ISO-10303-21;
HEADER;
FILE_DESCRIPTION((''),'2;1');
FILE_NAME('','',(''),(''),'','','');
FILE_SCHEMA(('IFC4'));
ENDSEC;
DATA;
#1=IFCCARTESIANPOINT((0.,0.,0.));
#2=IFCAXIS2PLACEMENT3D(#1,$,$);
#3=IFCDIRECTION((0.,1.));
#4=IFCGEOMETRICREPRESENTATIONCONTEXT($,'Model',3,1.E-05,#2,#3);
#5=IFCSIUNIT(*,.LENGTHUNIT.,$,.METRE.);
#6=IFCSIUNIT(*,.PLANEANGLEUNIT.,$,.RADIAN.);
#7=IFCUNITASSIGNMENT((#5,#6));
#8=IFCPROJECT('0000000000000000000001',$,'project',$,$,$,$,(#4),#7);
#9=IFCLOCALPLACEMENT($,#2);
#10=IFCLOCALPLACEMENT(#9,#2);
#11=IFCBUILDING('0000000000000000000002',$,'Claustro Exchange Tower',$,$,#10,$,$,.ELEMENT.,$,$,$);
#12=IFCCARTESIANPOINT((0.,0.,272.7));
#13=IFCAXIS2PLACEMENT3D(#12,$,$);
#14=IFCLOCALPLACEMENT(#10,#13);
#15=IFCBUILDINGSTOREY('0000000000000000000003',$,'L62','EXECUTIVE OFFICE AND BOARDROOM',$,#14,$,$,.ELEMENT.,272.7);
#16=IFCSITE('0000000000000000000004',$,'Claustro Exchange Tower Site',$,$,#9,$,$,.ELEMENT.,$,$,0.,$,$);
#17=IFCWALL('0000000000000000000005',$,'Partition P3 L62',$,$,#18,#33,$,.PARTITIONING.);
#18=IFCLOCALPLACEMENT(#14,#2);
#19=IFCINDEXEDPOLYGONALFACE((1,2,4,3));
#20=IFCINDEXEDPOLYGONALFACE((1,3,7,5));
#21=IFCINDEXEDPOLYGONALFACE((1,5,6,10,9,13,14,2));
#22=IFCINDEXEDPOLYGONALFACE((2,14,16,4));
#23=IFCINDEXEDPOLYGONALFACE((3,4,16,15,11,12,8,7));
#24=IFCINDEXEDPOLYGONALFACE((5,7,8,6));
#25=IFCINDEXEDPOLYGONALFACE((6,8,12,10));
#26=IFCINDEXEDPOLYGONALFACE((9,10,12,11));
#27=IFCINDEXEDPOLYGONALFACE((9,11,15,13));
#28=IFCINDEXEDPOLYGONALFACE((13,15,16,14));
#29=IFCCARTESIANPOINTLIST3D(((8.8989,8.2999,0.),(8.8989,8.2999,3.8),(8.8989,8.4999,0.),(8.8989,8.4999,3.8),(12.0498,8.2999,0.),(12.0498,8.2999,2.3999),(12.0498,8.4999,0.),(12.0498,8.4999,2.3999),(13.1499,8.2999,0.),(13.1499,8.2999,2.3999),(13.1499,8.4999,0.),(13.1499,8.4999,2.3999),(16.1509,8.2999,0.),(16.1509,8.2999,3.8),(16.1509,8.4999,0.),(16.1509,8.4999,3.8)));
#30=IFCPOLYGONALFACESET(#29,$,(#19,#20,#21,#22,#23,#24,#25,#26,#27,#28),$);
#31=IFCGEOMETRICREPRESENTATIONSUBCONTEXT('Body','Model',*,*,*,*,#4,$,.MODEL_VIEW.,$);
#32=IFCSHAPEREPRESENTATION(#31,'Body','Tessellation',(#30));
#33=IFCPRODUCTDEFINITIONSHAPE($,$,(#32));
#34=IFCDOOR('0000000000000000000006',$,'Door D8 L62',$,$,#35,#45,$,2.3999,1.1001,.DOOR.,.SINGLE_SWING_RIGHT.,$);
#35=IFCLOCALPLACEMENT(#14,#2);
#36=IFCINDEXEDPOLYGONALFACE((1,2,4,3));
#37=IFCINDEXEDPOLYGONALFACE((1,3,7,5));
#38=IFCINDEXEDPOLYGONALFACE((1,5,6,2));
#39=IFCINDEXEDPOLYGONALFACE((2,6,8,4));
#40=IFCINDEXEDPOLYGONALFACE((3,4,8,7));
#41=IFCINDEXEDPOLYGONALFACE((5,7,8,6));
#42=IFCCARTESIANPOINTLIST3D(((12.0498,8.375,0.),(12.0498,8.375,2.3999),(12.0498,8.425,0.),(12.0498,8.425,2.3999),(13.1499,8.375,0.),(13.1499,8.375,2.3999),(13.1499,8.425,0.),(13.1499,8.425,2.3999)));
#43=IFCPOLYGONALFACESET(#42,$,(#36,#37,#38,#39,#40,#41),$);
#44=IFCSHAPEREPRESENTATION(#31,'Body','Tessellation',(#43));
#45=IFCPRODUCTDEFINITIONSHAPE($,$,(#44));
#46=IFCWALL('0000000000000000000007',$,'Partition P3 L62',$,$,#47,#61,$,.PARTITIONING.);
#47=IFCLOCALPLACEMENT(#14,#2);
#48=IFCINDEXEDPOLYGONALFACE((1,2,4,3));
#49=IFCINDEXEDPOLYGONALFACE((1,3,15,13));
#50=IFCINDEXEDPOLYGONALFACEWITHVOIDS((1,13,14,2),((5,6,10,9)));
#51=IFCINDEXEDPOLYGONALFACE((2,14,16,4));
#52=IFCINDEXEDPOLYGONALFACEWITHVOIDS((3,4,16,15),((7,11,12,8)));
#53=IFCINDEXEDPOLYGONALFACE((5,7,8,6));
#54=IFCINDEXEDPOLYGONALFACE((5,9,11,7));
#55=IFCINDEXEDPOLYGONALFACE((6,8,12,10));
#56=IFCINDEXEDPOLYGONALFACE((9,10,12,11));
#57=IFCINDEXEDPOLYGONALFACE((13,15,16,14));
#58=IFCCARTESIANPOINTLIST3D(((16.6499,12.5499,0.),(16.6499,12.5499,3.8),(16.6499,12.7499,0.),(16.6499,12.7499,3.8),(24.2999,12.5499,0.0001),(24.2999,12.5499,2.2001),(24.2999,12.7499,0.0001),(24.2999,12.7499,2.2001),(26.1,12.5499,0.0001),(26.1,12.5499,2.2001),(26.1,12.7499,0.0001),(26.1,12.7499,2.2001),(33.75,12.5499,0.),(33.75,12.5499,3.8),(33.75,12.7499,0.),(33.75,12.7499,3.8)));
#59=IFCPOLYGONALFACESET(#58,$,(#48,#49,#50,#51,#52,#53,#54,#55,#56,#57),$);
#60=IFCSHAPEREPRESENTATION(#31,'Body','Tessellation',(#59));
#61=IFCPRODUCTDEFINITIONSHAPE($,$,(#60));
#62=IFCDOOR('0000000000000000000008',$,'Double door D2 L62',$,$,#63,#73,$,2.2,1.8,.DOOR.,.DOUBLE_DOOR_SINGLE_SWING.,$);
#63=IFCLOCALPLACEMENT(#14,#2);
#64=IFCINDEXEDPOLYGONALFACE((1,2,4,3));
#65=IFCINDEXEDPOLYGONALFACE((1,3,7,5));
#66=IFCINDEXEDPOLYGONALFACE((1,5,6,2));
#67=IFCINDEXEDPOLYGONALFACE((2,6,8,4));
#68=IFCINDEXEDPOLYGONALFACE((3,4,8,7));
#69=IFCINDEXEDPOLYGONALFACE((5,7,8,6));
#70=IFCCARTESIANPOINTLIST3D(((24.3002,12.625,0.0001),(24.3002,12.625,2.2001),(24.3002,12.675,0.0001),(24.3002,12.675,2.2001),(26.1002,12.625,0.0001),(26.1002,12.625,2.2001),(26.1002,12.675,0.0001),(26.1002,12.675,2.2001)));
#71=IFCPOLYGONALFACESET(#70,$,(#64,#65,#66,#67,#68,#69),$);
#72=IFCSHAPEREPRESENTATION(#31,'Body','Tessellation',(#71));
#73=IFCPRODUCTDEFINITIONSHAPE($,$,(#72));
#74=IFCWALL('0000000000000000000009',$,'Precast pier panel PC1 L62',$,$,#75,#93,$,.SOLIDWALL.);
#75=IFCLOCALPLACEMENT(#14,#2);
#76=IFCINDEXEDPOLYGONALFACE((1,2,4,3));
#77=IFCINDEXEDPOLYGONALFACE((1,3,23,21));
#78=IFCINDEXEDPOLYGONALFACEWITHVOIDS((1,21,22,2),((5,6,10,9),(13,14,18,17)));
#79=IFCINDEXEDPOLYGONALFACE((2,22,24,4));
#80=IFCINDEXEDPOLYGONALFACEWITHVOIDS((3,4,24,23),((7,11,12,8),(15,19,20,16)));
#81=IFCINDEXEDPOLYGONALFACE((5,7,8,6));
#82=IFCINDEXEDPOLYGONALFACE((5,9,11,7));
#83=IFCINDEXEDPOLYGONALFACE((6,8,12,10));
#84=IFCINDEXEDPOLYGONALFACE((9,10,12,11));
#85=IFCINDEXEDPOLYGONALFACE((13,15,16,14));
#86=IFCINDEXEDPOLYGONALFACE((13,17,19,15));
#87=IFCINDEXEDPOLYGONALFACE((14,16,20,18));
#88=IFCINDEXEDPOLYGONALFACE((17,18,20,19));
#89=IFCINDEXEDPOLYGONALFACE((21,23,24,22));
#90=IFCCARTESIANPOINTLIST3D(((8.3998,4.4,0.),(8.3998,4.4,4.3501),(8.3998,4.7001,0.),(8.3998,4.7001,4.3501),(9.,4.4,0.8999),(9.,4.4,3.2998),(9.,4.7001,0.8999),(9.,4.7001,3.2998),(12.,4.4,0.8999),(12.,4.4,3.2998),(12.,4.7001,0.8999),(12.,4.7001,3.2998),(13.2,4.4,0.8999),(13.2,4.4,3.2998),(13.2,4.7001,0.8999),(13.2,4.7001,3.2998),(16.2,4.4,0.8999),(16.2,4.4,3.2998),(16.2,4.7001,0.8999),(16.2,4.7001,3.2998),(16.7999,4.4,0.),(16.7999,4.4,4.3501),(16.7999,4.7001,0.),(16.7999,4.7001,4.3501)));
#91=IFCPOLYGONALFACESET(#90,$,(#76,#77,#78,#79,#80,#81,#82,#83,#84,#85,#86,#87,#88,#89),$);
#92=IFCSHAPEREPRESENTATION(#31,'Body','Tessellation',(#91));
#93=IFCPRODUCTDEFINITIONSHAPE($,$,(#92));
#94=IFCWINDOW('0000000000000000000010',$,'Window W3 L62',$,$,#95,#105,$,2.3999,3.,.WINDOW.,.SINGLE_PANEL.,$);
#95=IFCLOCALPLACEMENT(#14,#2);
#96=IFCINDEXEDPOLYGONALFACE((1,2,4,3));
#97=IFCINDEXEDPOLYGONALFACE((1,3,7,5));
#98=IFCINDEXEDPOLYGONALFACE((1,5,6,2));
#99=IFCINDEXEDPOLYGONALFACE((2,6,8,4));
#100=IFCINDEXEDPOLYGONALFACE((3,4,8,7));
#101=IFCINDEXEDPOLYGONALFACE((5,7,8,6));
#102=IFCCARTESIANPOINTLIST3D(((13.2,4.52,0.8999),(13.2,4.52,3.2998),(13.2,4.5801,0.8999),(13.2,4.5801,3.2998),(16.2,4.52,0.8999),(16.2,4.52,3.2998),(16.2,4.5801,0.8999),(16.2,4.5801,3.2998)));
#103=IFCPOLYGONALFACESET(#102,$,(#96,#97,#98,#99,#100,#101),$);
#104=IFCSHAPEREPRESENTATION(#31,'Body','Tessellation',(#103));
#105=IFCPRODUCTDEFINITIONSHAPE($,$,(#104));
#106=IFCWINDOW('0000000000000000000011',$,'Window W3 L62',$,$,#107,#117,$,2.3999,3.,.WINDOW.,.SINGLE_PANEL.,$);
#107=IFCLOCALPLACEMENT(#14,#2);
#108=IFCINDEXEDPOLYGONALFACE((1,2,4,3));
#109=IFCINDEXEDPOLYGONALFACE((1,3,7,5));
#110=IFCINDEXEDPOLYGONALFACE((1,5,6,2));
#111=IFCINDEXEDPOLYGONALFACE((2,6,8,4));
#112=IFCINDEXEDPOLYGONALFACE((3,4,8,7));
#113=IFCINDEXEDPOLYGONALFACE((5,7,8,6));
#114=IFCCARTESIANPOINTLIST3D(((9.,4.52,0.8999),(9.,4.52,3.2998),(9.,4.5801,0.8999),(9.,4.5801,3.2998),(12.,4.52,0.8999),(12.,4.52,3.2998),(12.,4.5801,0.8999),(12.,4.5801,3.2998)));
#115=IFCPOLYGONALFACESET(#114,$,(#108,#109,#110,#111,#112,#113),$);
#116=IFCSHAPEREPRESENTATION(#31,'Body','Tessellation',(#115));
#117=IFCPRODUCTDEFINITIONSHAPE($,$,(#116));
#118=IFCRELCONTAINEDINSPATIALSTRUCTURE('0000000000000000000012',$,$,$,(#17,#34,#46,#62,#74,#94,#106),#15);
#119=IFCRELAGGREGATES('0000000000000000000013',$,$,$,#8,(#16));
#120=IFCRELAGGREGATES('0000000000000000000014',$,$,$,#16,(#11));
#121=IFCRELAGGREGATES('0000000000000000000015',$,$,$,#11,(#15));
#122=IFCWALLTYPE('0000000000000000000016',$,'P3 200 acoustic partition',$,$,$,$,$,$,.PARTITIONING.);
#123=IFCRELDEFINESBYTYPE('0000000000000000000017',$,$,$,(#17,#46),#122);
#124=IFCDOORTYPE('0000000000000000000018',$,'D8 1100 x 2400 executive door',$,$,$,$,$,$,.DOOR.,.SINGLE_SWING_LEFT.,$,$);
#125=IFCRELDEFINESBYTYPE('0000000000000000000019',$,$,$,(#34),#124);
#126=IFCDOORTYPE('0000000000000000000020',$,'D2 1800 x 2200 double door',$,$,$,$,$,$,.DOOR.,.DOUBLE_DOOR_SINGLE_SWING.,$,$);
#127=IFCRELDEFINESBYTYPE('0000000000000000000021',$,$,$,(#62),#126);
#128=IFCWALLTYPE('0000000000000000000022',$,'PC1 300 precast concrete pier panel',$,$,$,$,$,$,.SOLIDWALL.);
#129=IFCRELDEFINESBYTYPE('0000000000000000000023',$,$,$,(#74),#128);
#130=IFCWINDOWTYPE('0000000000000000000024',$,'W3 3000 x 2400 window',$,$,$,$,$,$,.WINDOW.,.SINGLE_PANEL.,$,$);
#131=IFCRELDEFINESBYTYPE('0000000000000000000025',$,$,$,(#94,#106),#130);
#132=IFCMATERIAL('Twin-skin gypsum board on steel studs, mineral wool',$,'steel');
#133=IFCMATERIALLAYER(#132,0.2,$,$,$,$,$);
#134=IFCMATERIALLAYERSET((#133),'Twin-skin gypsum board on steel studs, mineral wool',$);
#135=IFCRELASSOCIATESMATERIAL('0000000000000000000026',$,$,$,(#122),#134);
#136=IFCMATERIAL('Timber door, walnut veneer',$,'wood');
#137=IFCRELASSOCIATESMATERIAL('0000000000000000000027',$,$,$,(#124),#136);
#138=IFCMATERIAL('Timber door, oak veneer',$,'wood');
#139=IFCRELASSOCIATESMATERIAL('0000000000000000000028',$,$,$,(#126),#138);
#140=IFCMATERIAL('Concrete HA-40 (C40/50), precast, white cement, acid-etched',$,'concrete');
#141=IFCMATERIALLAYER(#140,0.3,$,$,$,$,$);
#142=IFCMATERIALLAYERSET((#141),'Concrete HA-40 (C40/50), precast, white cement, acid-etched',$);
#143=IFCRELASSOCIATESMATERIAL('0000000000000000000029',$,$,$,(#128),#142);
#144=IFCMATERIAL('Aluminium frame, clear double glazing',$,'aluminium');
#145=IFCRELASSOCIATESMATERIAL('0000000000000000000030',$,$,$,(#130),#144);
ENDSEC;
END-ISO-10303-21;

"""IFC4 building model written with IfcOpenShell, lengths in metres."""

from ifc_helpers import new_model, si_unit, direction, frame, frame_2d, origin, place, context, subcontext, project, spatial, rectangle, extrude, material, layer, layer_set, type_object, element, fill, save


model = new_model("IFC4")

# Units and contexts
model_context = context("Model", 3, precision=1e-05, world=origin(), true_north=direction((0.0, 1.0)))
body_context = subcontext(model_context, "Body", "Model", "MODEL_VIEW")
ifc_project = project(units=[si_unit("LENGTHUNIT", "METRE"), si_unit("PLANEANGLEUNIT", "RADIAN")], contexts=[model_context])

# Site, building, storey
site_placement = place(None, origin())
site = spatial("IfcSite", under=ifc_project, at=site_placement, Name="Claustro Exchange Tower Site", CompositionType="ELEMENT", RefElevation=0.0)
building_placement = place(site_placement, origin())
building = spatial("IfcBuilding", under=site, at=building_placement, Name="Claustro Exchange Tower", CompositionType="ELEMENT")
storey_placement = place(building_placement, frame((0.0, 0.0, 272.7)))
storey = spatial("IfcBuildingStorey", under=building, at=storey_placement, Name="L62", Description="EXECUTIVE OFFICE AND BOARDROOM", CompositionType="ELEMENT", Elevation=272.7)

# Walls, openings, doors
ifc_material_1 = material(Name="Twin-skin gypsum board on steel studs, mineral wool", Category="steel")
ifc_layer_1 = layer(ifc_material_1, 0.2)
ifc_layer_set_1 = layer_set([ifc_layer_1], Name="Twin-skin gypsum board on steel studs, mineral wool")
wall_type_1 = type_object("IfcWallType", Name="P3 200 acoustic partition", PredefinedType="PARTITIONING", material=ifc_layer_set_1)
wall_1_placement = place(storey_placement, frame((8.8989, 8.3999, 0.0), z_axis=(0.0, 0.0, 1.0), x_axis=(1.0, 0.0, 0.0)))
wall_1 = element("IfcWall", 1, at=wall_1_placement, inside=storey, type_object=wall_type_1, Name="Partition P3 L62", PredefinedType="PARTITIONING", context=body_context, shape_type="SweptSolid", body=[
    extrude(rectangle(XDim=7.252, YDim=0.2, at=frame_2d((3.626, 0.0))), origin(), (0.0, 0.0, 1.0), 3.8),
])
opening_1_placement = place(wall_1_placement, frame((3.1509, 0.0, 0.0)))
opening_1 = element("IfcOpeningElement", 2, at=opening_1_placement, cuts=wall_1, PredefinedType="OPENING", context=body_context, shape_type="SweptSolid", body=[
    extrude(rectangle(XDim=1.1001, YDim=2.3999, at=frame_2d((0.55, 1.2))), frame((0.0, 0.1099, 0.0), z_axis=(0.0, -1.0, 0.0), x_axis=(1.0, 0.0, 0.0)), (0.0, 0.0, 1.0), 0.22),
])
ifc_material_2 = material(Name="Timber door, walnut veneer", Category="wood")
door_type_1 = type_object("IfcDoorType", Name="D8 1100 x 2400 executive door", OperationType="SINGLE_SWING_LEFT", PredefinedType="DOOR", material=ifc_material_2)
door_1_placement = place(opening_1_placement, frame((1.1001, 0.0, 0.0), z_axis=(0.0, 0.0, 1.0), x_axis=(-1.0, 0.0, 0.0)))
door_1 = element("IfcDoor", 3, at=door_1_placement, inside=storey, type_object=door_type_1, Name="Door D8 L62", OperationType="SINGLE_SWING_RIGHT", OverallHeight=2.3999, OverallWidth=1.1001, PredefinedType="DOOR", context=body_context, shape_type="SweptSolid", body=[
    extrude(rectangle(XDim=1.1001, YDim=2.3999, at=frame_2d((0.55, 1.2))), frame((0.0, 0.0249, 0.0), z_axis=(0.0, -1.0, 0.0), x_axis=(1.0, 0.0, 0.0)), (0.0, 0.0, 1.0), 0.05),
])
fill(opening_1, door_1)
wall_2_placement = place(storey_placement, frame((16.6499, 12.6499, 0.0), z_axis=(0.0, 0.0, 1.0), x_axis=(1.0, 0.0, 0.0)))
wall_2 = element("IfcWall", 4, at=wall_2_placement, inside=storey, type_object=wall_type_1, Name="Partition P3 L62", PredefinedType="PARTITIONING", context=body_context, shape_type="SweptSolid", body=[
    extrude(rectangle(XDim=17.1001, YDim=0.2, at=frame_2d((8.55, 0.0))), origin(), (0.0, 0.0, 1.0), 3.8),
])
opening_2_placement = place(wall_2_placement, frame((7.6501, 0.0, 0.0)))
opening_2 = element("IfcOpeningElement", 5, at=opening_2_placement, cuts=wall_2, PredefinedType="OPENING", context=body_context, shape_type="SweptSolid", body=[
    extrude(rectangle(XDim=1.8, YDim=2.2, at=frame_2d((0.8999, 1.1001))), frame((0.0, 0.1099, 0.0), z_axis=(0.0, -1.0, 0.0), x_axis=(1.0, 0.0, 0.0)), (0.0, 0.0, 1.0), 0.22),
])
ifc_material_3 = material(Name="Timber door, oak veneer", Category="wood")
door_type_2 = type_object("IfcDoorType", Name="D2 1800 x 2200 double door", OperationType="DOUBLE_DOOR_SINGLE_SWING", PredefinedType="DOOR", material=ifc_material_3)
door_2_placement = place(opening_2_placement, frame((1.8, 0.0, 0.0), z_axis=(0.0, 0.0, 1.0), x_axis=(-1.0, 0.0, 0.0)))
door_2 = element("IfcDoor", 6, at=door_2_placement, inside=storey, type_object=door_type_2, Name="Double door D2 L62", OperationType="DOUBLE_DOOR_SINGLE_SWING", OverallHeight=2.2, OverallWidth=1.8, PredefinedType="DOOR", context=body_context, shape_type="SweptSolid", body=[
    extrude(rectangle(XDim=1.8, YDim=2.2, at=frame_2d((0.8999, 1.1001))), frame((0.0, 0.0249, 0.0), z_axis=(0.0, -1.0, 0.0), x_axis=(1.0, 0.0, 0.0)), (0.0, 0.0, 1.0), 0.05),
])
fill(opening_2, door_2)

# Wall, openings, windows
ifc_material_4 = material(Name="Concrete HA-40 (C40/50), precast, white cement, acid-etched", Category="concrete")
ifc_layer_2 = layer(ifc_material_4, 0.3)
ifc_layer_set_2 = layer_set([ifc_layer_2], Name="Concrete HA-40 (C40/50), precast, white cement, acid-etched")
wall_type_2 = type_object("IfcWallType", Name="PC1 300 precast concrete pier panel", PredefinedType="SOLIDWALL", material=ifc_layer_set_2)
wall_3_placement = place(storey_placement, frame((16.8, 4.55, 0.0), z_axis=(0.0, 0.0, 1.0), x_axis=(-1.0, 0.0, 0.0)))
wall_3 = element("IfcWall", 7, at=wall_3_placement, inside=storey, type_object=wall_type_2, Name="Precast pier panel PC1 L62", PredefinedType="SOLIDWALL", context=body_context, shape_type="SweptSolid", body=[
    extrude(rectangle(XDim=8.4001, YDim=0.3, at=frame_2d((4.2002, 0.0))), origin(), (0.0, 0.0, 1.0), 4.3501),
])
opening_3_placement = place(wall_3_placement, frame((0.6001, 0.0, 0.8999)))
opening_3 = element("IfcOpeningElement", 8, at=opening_3_placement, cuts=wall_3, PredefinedType="OPENING", context=body_context, shape_type="SweptSolid", body=[
    extrude(rectangle(XDim=3.0, YDim=2.3999, at=frame_2d((1.5, 1.2))), frame((0.0, 0.1599, 0.0), z_axis=(0.0, -1.0, 0.0), x_axis=(1.0, 0.0, 0.0)), (0.0, 0.0, 1.0), 0.3201),
])
opening_4_placement = place(wall_3_placement, frame((4.8, 0.0, 0.8999)))
opening_4 = element("IfcOpeningElement", 9, at=opening_4_placement, cuts=wall_3, PredefinedType="OPENING", context=body_context, shape_type="SweptSolid", body=[
    extrude(rectangle(XDim=3.0, YDim=2.3999, at=frame_2d((1.5, 1.2))), frame((0.0, 0.1599, 0.0), z_axis=(0.0, -1.0, 0.0), x_axis=(1.0, 0.0, 0.0)), (0.0, 0.0, 1.0), 0.3201),
])
ifc_material_5 = material(Name="Aluminium frame, clear double glazing", Category="aluminium")
window_type = type_object("IfcWindowType", Name="W3 3000 x 2400 window", PartitioningType="SINGLE_PANEL", PredefinedType="WINDOW", material=ifc_material_5)
window_1_placement = place(opening_3_placement, origin())
window_1 = element("IfcWindow", 10, at=window_1_placement, inside=storey, type_object=window_type, Name="Window W3 L62", OverallHeight=2.3999, OverallWidth=3.0, PartitioningType="SINGLE_PANEL", PredefinedType="WINDOW", context=body_context, shape_type="SweptSolid", body=[
    extrude(rectangle(XDim=3.0, YDim=2.3999, at=frame_2d((1.5, 1.2))), frame((0.0, 0.03, 0.0), z_axis=(0.0, -1.0, 0.0), x_axis=(1.0, 0.0, 0.0)), (0.0, 0.0, 1.0), 0.0601),
])
fill(opening_3, window_1)
window_2_placement = place(opening_4_placement, origin())
window_2 = element("IfcWindow", 11, at=window_2_placement, inside=storey, type_object=window_type, Name="Window W3 L62", OverallHeight=2.3999, OverallWidth=3.0, PartitioningType="SINGLE_PANEL", PredefinedType="WINDOW", context=body_context, shape_type="SweptSolid", body=[
    extrude(rectangle(XDim=3.0, YDim=2.3999, at=frame_2d((1.5, 1.2))), frame((0.0, 0.03, 0.0), z_axis=(0.0, -1.0, 0.0), x_axis=(1.0, 0.0, 0.0)), (0.0, 0.0, 1.0), 0.0601),
])
fill(opening_4, window_2)

save(model, "model.ifc")
